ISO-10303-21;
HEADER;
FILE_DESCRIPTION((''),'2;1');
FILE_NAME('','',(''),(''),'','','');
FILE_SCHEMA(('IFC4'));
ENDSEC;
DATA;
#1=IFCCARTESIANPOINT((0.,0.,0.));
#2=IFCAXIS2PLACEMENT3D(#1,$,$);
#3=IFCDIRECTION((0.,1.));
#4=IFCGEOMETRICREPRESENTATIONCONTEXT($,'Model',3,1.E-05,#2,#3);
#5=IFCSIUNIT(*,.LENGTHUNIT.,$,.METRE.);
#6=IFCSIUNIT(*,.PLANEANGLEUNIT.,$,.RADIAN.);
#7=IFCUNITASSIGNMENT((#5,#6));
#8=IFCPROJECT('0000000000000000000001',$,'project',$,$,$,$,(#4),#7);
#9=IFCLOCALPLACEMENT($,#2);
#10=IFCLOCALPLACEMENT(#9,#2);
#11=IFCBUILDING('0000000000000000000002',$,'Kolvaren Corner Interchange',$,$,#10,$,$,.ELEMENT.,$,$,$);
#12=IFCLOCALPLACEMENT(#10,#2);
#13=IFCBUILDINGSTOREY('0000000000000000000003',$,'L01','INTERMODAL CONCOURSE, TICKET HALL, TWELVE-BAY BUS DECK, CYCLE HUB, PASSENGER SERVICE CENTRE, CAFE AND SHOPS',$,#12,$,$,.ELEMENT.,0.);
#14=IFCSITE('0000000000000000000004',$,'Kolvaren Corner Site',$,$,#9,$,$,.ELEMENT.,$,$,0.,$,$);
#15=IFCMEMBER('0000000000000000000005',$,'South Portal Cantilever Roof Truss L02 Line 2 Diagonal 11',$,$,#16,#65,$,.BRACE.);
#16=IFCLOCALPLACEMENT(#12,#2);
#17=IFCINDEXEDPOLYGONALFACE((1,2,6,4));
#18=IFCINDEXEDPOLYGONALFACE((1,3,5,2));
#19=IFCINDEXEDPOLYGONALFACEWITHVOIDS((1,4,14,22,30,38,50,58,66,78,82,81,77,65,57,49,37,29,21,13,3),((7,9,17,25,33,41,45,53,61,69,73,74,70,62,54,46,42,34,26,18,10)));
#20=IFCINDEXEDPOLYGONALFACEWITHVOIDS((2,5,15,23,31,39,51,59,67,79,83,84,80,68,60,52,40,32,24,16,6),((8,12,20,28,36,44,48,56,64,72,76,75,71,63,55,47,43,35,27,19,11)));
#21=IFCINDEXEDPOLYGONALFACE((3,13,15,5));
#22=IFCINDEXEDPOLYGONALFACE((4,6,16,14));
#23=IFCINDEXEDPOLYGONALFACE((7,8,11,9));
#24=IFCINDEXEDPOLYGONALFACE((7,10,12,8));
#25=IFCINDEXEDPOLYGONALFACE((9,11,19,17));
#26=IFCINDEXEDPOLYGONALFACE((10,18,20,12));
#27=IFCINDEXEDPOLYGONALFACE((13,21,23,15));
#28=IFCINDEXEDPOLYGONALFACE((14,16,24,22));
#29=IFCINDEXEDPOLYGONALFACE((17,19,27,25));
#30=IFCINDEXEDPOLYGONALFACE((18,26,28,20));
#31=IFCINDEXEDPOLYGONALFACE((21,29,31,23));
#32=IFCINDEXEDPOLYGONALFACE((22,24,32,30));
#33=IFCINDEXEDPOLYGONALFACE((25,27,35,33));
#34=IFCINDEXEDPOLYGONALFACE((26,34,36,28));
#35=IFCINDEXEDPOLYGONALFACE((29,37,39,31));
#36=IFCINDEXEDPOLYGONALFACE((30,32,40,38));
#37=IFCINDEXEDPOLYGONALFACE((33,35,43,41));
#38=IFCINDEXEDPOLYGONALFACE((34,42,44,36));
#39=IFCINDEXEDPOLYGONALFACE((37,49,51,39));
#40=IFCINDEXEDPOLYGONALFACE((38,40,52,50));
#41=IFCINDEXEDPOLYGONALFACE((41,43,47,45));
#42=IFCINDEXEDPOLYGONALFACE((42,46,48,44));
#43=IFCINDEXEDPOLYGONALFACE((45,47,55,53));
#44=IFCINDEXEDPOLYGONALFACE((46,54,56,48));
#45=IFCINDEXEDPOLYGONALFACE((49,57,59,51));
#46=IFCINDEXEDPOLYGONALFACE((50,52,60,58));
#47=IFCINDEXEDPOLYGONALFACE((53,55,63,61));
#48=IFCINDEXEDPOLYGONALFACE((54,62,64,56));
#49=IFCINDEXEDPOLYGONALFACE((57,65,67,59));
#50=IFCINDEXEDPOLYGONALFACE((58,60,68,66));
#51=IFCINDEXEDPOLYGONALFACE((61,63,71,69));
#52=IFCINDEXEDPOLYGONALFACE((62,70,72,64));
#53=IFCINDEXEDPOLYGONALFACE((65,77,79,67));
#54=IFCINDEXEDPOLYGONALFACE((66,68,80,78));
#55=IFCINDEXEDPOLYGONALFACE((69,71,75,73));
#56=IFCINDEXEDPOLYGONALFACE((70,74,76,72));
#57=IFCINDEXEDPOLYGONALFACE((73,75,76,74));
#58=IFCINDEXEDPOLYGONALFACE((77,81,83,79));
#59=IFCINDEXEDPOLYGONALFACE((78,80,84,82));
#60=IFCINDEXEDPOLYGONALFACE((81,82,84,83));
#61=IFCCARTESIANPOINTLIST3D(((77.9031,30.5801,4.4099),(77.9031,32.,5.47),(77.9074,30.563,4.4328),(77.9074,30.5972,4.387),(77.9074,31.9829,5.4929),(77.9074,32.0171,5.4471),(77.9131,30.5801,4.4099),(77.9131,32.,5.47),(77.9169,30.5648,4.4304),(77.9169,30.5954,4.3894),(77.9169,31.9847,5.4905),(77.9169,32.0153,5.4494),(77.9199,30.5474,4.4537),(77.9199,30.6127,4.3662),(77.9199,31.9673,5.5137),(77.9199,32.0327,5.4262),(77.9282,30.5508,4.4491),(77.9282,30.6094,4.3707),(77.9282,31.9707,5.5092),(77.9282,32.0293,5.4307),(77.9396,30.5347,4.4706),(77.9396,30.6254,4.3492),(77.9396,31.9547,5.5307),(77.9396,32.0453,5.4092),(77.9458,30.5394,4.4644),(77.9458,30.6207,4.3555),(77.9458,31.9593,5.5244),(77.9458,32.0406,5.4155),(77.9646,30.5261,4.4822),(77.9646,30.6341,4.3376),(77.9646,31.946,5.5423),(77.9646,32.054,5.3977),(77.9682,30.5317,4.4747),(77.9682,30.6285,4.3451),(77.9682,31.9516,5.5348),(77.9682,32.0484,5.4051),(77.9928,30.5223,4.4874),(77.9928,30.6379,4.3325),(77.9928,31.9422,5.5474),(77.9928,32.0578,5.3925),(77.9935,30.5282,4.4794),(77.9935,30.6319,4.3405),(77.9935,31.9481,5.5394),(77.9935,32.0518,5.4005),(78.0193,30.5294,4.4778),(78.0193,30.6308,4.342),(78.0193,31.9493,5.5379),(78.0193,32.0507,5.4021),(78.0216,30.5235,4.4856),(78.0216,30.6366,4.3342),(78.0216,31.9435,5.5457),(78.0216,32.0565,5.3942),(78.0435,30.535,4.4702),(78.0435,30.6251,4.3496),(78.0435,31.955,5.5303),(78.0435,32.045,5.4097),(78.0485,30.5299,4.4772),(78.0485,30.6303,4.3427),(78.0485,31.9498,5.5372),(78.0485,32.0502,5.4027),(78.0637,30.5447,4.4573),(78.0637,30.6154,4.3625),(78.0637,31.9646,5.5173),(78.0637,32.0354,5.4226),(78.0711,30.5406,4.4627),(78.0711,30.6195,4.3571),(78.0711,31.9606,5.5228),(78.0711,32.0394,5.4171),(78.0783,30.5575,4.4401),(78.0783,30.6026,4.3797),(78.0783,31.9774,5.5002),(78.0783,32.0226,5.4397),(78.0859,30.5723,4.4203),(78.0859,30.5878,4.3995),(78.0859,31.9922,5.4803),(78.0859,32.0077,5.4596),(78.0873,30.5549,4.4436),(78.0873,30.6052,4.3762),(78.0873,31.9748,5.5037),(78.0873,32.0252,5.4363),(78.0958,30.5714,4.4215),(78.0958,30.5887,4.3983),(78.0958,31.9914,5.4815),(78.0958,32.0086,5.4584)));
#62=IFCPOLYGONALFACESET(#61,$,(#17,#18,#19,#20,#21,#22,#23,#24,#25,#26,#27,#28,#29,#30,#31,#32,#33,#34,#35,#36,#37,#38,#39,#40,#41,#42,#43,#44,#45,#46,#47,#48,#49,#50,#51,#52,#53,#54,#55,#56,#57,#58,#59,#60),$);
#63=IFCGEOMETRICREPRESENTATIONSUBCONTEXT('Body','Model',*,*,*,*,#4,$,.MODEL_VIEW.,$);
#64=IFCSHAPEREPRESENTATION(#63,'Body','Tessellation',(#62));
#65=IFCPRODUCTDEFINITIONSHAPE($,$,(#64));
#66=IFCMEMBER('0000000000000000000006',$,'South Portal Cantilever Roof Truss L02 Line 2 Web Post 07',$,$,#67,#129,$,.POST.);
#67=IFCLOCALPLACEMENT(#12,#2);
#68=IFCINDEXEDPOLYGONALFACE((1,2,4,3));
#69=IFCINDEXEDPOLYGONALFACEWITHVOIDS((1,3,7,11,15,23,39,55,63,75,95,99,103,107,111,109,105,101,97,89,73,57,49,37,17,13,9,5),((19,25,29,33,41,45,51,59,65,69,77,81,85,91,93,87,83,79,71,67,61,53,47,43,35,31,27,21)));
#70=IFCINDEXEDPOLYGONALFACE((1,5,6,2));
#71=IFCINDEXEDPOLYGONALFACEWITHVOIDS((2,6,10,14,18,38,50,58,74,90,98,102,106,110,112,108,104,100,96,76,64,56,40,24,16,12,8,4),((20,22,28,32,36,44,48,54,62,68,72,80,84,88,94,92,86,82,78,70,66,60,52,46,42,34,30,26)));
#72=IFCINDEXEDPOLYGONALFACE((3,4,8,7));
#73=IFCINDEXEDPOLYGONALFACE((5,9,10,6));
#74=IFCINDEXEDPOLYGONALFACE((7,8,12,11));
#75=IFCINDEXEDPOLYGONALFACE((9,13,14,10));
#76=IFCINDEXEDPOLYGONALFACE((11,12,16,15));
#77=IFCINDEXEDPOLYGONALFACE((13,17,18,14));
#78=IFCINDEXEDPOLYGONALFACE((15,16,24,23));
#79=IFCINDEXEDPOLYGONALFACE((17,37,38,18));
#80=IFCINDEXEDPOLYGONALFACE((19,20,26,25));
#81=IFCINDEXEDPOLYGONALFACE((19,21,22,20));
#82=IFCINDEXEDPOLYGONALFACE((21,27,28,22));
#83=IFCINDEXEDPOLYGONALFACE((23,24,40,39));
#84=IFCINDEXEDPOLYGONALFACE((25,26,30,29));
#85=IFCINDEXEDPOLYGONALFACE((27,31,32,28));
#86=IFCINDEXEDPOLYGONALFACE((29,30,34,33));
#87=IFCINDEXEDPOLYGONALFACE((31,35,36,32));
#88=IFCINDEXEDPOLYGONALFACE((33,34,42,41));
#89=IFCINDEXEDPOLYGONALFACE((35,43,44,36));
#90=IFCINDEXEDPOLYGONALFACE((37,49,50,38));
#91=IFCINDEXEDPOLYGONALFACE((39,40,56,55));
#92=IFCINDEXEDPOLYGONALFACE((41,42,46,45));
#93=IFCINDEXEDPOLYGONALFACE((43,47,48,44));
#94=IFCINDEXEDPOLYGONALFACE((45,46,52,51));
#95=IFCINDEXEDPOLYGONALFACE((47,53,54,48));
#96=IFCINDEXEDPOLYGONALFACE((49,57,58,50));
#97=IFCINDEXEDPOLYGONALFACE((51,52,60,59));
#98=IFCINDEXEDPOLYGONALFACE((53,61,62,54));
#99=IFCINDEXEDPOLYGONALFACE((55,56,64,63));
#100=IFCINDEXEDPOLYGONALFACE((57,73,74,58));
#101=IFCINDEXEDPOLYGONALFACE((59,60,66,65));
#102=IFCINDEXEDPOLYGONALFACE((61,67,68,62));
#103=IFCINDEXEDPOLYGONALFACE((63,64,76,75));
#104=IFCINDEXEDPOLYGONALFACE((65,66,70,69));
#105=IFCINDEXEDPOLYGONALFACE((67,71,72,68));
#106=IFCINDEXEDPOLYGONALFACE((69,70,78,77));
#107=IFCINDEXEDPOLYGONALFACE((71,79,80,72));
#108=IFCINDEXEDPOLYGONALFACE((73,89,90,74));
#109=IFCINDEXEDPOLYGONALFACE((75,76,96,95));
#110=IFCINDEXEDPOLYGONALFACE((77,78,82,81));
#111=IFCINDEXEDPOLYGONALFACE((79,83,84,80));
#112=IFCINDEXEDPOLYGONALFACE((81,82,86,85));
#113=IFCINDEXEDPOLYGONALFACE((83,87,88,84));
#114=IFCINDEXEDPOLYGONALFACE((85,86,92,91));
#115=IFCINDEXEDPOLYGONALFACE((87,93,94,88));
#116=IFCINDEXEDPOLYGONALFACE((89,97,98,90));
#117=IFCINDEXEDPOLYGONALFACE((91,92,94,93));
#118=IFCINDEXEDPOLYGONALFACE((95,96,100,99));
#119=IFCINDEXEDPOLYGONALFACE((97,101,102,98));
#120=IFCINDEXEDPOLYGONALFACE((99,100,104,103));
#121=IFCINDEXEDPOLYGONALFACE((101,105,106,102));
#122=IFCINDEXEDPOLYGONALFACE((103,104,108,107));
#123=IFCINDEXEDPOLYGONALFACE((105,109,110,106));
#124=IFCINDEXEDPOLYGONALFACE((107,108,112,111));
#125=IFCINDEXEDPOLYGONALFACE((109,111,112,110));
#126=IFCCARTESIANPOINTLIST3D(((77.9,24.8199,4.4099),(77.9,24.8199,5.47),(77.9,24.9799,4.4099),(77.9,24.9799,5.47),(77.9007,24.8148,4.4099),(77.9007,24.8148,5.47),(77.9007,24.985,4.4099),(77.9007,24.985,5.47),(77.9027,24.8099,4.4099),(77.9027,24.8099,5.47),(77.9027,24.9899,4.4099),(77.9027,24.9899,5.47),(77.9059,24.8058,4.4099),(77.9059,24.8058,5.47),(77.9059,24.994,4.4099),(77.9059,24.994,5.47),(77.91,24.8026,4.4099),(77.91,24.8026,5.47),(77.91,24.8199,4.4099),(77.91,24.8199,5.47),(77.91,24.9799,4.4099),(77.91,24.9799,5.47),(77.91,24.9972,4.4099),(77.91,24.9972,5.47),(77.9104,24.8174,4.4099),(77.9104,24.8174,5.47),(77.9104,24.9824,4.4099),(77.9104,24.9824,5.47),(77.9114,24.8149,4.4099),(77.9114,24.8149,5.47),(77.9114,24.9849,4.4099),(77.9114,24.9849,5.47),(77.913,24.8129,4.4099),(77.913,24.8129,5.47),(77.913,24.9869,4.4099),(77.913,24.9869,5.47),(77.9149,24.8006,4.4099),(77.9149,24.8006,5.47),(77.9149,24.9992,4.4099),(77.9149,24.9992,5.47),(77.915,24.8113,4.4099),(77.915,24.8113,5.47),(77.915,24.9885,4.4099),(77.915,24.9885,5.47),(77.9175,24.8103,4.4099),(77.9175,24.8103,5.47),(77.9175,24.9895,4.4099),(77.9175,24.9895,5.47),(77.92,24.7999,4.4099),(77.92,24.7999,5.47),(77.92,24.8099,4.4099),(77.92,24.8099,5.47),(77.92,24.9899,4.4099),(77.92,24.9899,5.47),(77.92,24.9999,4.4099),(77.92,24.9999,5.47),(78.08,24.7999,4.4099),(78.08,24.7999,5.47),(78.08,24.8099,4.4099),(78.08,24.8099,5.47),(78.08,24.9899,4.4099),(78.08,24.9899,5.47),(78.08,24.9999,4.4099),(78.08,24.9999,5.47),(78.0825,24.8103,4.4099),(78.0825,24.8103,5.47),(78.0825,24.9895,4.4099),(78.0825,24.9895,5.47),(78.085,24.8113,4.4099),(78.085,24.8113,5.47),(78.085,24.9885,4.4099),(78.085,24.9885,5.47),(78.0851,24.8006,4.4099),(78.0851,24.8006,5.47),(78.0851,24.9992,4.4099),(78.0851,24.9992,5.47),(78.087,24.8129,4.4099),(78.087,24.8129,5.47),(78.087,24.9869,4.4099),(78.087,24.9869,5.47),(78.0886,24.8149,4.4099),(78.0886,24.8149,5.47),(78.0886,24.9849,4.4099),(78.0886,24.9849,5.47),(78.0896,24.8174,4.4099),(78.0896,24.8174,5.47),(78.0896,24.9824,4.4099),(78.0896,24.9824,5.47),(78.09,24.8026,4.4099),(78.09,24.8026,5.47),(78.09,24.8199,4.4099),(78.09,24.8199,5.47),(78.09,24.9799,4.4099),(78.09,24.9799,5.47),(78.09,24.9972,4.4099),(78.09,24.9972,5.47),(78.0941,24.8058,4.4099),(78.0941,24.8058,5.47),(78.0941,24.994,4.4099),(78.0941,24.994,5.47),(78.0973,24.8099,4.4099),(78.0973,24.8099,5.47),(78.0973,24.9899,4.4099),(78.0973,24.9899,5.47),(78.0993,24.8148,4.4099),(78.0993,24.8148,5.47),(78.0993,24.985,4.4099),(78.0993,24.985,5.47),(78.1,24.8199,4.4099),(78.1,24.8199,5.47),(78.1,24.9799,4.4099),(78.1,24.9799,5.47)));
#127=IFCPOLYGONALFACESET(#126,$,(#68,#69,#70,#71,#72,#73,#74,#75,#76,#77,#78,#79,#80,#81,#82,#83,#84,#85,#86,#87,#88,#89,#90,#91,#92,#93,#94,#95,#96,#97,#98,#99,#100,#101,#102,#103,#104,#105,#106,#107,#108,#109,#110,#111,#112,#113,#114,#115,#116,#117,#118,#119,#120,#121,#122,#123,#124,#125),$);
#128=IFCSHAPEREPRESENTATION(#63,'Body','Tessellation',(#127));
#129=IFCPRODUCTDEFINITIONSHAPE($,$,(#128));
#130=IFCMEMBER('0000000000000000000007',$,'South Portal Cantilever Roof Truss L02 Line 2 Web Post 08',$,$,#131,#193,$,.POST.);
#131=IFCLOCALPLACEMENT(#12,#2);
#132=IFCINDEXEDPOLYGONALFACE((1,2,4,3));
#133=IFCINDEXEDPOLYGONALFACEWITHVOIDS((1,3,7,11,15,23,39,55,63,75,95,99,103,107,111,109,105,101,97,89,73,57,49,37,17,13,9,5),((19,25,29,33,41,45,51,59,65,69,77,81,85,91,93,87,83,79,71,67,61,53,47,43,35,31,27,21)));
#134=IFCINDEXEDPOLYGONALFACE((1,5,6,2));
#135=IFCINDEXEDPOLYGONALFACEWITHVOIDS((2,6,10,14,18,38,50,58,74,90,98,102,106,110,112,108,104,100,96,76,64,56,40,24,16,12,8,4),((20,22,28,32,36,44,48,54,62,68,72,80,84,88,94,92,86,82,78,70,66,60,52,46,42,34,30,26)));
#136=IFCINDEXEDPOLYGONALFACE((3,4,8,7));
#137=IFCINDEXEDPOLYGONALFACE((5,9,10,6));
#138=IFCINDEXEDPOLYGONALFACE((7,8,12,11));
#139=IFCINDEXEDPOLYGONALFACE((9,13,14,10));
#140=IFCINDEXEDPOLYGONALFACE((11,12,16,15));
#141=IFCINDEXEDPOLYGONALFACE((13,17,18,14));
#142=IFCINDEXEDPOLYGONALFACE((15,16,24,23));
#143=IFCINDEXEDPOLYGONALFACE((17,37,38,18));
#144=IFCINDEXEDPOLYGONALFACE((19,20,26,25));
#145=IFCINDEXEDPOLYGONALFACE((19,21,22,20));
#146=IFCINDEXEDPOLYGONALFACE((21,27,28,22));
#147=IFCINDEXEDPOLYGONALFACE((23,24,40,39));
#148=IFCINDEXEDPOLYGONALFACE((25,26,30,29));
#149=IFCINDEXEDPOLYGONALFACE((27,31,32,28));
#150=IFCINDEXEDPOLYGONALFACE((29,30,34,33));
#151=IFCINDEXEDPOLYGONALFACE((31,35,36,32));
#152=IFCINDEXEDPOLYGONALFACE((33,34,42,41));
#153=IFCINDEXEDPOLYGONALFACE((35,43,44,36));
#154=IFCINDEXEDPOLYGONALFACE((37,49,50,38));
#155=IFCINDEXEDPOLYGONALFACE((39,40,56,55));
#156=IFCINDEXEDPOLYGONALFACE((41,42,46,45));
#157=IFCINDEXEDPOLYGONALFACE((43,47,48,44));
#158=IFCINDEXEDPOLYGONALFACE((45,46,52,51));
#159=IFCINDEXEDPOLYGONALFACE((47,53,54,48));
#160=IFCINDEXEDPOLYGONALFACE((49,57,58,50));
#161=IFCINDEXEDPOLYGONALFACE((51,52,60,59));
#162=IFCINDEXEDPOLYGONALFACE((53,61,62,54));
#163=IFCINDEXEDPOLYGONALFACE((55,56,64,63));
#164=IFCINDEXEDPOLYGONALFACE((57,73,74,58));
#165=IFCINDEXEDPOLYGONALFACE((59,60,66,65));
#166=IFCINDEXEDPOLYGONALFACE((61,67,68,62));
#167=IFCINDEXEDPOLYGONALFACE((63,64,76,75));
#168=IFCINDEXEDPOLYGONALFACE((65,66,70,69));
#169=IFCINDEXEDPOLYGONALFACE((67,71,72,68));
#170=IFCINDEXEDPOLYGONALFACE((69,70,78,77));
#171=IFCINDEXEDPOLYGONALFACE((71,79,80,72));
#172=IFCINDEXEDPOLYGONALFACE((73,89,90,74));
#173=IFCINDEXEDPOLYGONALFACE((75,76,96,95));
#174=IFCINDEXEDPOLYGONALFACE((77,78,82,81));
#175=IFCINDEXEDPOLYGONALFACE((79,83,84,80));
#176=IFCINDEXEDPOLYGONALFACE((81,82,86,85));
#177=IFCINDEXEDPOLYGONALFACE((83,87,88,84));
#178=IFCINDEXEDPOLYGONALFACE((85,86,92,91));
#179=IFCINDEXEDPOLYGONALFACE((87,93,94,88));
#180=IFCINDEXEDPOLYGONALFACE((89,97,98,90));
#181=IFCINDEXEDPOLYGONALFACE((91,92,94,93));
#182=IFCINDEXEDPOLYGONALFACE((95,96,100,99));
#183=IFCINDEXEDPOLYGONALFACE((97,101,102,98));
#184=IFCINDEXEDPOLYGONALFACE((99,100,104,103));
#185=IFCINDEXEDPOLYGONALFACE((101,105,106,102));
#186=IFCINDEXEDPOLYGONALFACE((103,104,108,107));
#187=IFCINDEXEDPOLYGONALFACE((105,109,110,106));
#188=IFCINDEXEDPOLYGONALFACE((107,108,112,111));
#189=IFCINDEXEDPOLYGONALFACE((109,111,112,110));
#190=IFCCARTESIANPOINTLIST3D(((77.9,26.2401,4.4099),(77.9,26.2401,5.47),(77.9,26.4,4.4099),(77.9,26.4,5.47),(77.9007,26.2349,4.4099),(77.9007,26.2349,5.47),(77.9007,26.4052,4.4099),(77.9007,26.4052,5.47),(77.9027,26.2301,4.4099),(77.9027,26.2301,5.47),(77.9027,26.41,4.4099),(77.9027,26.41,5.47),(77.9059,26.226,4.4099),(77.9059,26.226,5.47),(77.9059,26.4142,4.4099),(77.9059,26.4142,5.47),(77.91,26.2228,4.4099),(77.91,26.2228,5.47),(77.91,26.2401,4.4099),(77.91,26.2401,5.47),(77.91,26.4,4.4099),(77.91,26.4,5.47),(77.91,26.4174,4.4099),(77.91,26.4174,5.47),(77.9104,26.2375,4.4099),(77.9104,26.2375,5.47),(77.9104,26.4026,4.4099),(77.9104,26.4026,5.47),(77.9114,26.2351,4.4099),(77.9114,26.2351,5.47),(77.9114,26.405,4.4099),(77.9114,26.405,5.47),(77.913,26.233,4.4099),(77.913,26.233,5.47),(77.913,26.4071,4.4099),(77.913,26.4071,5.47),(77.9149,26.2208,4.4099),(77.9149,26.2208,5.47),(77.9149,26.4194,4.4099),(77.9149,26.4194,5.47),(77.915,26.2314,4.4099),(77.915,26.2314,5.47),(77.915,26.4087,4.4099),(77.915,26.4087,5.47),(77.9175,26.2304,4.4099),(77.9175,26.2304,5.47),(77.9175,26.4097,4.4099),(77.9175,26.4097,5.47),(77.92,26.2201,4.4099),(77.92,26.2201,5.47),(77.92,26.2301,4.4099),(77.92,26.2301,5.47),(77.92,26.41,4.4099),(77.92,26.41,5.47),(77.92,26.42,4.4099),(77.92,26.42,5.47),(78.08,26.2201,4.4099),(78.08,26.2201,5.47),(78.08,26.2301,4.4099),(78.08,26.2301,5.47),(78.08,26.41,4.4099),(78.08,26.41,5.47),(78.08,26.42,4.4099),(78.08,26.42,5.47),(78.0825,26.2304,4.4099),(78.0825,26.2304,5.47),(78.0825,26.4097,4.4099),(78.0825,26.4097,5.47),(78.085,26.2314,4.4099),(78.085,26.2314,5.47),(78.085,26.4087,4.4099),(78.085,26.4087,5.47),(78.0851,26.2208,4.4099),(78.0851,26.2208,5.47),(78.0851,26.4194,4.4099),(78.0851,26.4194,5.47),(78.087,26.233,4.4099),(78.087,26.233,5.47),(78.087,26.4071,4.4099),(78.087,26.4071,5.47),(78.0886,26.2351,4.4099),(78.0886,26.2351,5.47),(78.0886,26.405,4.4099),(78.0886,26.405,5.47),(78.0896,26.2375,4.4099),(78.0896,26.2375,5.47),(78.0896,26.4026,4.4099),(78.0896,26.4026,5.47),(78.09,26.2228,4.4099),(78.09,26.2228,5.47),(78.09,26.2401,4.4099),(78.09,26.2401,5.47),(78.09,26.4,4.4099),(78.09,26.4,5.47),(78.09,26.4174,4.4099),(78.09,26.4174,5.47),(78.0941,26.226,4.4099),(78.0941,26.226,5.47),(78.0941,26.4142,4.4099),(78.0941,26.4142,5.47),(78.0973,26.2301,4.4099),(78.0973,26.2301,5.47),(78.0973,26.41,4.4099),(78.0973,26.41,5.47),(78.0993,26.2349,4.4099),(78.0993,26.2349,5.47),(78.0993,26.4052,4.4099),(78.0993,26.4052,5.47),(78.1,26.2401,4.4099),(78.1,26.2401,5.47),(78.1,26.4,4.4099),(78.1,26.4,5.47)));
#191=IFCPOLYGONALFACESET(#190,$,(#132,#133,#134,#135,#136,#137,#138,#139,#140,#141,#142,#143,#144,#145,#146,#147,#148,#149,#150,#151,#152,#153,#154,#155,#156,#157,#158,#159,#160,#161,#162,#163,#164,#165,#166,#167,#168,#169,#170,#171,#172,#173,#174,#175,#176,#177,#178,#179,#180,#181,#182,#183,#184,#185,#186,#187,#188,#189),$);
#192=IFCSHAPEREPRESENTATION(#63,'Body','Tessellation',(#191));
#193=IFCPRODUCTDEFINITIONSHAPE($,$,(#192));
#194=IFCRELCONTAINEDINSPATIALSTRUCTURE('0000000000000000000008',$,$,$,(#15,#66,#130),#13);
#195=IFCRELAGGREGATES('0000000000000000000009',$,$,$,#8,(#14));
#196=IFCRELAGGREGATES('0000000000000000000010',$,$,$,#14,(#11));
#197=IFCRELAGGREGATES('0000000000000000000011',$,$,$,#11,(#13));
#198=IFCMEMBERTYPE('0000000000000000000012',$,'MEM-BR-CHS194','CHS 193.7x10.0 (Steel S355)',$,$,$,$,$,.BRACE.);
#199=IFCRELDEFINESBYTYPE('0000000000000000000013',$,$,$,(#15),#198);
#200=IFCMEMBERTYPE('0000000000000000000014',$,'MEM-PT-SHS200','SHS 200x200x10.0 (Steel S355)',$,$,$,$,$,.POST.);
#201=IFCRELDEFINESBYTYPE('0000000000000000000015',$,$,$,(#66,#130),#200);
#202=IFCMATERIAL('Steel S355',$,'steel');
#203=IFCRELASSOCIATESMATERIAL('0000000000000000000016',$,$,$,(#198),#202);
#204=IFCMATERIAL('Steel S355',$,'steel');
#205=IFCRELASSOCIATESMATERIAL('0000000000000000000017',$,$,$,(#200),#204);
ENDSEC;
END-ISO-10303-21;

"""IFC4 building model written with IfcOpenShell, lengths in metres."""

from ifc_helpers import new_model, si_unit, direction, frame, origin, origin_2d, place, context, subcontext, project, spatial, hollow_rectangle, hollow_circle, extrude, material, material_profile, profile_set, type_object, element, save


model = new_model("IFC4")

# Units and contexts
model_context = context("Model", 3, precision=1e-05, world=origin(), true_north=direction((0.0, 1.0)))
body_context = subcontext(model_context, "Body", "Model", "MODEL_VIEW")
ifc_project = project(units=[si_unit("LENGTHUNIT", "METRE"), si_unit("PLANEANGLEUNIT", "RADIAN")], contexts=[model_context])

# Site, building, storey
site_placement = place(None, origin())
site = spatial("IfcSite", under=ifc_project, at=site_placement, Name="Kolvaren Corner Site", CompositionType="ELEMENT", RefElevation=0.0)
building_placement = place(site_placement, origin())
building = spatial("IfcBuilding", under=site, at=building_placement, Name="Kolvaren Corner Interchange", CompositionType="ELEMENT")
storey_placement = place(building_placement, origin())
storey = spatial("IfcBuildingStorey", under=building, at=storey_placement, Name="L01", Description="INTERMODAL CONCOURSE, TICKET HALL, TWELVE-BAY BUS DECK, CYCLE HUB, PASSENGER SERVICE CENTRE, CAFE AND SHOPS", CompositionType="ELEMENT", Elevation=0.0)

# Members
ifc_material_1 = material(Name="Steel S355", Category="steel")
ifc_material_profile_1 = material_profile(ifc_material_1, hollow_circle(Radius=0.0969, WallThickness=0.01, at=origin_2d()), Name="CHS 193.7x10.0")
ifc_profile_set_1 = profile_set([ifc_material_profile_1], Name="Steel S355")
member_type_1 = type_object("IfcMemberType", Name="MEM-BR-CHS194", Description="CHS 193.7x10.0 (Steel S355)", PredefinedType="BRACE", material=ifc_profile_set_1)
member_1_placement = place(storey_placement, frame((78.0, 30.5801, 4.4099), z_axis=(0.0, 0.801321, 0.598235), x_axis=(-1.0, 0.0, 0.0)))
element("IfcMember", 1, at=member_1_placement, inside=storey, type_object=member_type_1, Name="South Portal Cantilever Roof Truss L02 Line 2 Diagonal 11", PredefinedType="BRACE", context=body_context, shape_type="SweptSolid", body=[
    extrude(hollow_circle(Radius=0.0969, WallThickness=0.01, at=origin_2d()), origin(), (0.0, 0.0, 1.0), 1.772),
])
ifc_material_2 = material(Name="Steel S355", Category="steel")
ifc_material_profile_2 = material_profile(ifc_material_2, hollow_rectangle(XDim=0.2, YDim=0.2, WallThickness=0.01, InnerFilletRadius=0.01, OuterFilletRadius=0.02, at=origin_2d()), Name="SHS 200x200x10.0")
ifc_profile_set_2 = profile_set([ifc_material_profile_2], Name="Steel S355")
member_type_2 = type_object("IfcMemberType", Name="MEM-PT-SHS200", Description="SHS 200x200x10.0 (Steel S355)", PredefinedType="POST", material=ifc_profile_set_2)
for number, where, z_axis, x_axis, name in (
    (2, (78.0, 24.8999, 4.4099), (0.0, 0.0, 1.0), (1.0, 0.0, 0.0), "South Portal Cantilever Roof Truss L02 Line 2 Web Post 07"),
    (3, (78.0, 26.3201, 4.4099), (0.0, 0.0, 1.0), (1.0, 0.0, 0.0), "South Portal Cantilever Roof Truss L02 Line 2 Web Post 08"),
):
    element("IfcMember", number, at=place(storey_placement, frame(where, z_axis=z_axis, x_axis=x_axis)), inside=storey, type_object=member_type_2, Name=name, PredefinedType="POST", context=body_context, shape_type="SweptSolid", body=[
        extrude(hollow_rectangle(XDim=0.2, YDim=0.2, WallThickness=0.01, InnerFilletRadius=0.01, OuterFilletRadius=0.02, at=origin_2d()), origin(), (0.0, 0.0, 1.0), 1.0601),
    ])

save(model, "model.ifc")
